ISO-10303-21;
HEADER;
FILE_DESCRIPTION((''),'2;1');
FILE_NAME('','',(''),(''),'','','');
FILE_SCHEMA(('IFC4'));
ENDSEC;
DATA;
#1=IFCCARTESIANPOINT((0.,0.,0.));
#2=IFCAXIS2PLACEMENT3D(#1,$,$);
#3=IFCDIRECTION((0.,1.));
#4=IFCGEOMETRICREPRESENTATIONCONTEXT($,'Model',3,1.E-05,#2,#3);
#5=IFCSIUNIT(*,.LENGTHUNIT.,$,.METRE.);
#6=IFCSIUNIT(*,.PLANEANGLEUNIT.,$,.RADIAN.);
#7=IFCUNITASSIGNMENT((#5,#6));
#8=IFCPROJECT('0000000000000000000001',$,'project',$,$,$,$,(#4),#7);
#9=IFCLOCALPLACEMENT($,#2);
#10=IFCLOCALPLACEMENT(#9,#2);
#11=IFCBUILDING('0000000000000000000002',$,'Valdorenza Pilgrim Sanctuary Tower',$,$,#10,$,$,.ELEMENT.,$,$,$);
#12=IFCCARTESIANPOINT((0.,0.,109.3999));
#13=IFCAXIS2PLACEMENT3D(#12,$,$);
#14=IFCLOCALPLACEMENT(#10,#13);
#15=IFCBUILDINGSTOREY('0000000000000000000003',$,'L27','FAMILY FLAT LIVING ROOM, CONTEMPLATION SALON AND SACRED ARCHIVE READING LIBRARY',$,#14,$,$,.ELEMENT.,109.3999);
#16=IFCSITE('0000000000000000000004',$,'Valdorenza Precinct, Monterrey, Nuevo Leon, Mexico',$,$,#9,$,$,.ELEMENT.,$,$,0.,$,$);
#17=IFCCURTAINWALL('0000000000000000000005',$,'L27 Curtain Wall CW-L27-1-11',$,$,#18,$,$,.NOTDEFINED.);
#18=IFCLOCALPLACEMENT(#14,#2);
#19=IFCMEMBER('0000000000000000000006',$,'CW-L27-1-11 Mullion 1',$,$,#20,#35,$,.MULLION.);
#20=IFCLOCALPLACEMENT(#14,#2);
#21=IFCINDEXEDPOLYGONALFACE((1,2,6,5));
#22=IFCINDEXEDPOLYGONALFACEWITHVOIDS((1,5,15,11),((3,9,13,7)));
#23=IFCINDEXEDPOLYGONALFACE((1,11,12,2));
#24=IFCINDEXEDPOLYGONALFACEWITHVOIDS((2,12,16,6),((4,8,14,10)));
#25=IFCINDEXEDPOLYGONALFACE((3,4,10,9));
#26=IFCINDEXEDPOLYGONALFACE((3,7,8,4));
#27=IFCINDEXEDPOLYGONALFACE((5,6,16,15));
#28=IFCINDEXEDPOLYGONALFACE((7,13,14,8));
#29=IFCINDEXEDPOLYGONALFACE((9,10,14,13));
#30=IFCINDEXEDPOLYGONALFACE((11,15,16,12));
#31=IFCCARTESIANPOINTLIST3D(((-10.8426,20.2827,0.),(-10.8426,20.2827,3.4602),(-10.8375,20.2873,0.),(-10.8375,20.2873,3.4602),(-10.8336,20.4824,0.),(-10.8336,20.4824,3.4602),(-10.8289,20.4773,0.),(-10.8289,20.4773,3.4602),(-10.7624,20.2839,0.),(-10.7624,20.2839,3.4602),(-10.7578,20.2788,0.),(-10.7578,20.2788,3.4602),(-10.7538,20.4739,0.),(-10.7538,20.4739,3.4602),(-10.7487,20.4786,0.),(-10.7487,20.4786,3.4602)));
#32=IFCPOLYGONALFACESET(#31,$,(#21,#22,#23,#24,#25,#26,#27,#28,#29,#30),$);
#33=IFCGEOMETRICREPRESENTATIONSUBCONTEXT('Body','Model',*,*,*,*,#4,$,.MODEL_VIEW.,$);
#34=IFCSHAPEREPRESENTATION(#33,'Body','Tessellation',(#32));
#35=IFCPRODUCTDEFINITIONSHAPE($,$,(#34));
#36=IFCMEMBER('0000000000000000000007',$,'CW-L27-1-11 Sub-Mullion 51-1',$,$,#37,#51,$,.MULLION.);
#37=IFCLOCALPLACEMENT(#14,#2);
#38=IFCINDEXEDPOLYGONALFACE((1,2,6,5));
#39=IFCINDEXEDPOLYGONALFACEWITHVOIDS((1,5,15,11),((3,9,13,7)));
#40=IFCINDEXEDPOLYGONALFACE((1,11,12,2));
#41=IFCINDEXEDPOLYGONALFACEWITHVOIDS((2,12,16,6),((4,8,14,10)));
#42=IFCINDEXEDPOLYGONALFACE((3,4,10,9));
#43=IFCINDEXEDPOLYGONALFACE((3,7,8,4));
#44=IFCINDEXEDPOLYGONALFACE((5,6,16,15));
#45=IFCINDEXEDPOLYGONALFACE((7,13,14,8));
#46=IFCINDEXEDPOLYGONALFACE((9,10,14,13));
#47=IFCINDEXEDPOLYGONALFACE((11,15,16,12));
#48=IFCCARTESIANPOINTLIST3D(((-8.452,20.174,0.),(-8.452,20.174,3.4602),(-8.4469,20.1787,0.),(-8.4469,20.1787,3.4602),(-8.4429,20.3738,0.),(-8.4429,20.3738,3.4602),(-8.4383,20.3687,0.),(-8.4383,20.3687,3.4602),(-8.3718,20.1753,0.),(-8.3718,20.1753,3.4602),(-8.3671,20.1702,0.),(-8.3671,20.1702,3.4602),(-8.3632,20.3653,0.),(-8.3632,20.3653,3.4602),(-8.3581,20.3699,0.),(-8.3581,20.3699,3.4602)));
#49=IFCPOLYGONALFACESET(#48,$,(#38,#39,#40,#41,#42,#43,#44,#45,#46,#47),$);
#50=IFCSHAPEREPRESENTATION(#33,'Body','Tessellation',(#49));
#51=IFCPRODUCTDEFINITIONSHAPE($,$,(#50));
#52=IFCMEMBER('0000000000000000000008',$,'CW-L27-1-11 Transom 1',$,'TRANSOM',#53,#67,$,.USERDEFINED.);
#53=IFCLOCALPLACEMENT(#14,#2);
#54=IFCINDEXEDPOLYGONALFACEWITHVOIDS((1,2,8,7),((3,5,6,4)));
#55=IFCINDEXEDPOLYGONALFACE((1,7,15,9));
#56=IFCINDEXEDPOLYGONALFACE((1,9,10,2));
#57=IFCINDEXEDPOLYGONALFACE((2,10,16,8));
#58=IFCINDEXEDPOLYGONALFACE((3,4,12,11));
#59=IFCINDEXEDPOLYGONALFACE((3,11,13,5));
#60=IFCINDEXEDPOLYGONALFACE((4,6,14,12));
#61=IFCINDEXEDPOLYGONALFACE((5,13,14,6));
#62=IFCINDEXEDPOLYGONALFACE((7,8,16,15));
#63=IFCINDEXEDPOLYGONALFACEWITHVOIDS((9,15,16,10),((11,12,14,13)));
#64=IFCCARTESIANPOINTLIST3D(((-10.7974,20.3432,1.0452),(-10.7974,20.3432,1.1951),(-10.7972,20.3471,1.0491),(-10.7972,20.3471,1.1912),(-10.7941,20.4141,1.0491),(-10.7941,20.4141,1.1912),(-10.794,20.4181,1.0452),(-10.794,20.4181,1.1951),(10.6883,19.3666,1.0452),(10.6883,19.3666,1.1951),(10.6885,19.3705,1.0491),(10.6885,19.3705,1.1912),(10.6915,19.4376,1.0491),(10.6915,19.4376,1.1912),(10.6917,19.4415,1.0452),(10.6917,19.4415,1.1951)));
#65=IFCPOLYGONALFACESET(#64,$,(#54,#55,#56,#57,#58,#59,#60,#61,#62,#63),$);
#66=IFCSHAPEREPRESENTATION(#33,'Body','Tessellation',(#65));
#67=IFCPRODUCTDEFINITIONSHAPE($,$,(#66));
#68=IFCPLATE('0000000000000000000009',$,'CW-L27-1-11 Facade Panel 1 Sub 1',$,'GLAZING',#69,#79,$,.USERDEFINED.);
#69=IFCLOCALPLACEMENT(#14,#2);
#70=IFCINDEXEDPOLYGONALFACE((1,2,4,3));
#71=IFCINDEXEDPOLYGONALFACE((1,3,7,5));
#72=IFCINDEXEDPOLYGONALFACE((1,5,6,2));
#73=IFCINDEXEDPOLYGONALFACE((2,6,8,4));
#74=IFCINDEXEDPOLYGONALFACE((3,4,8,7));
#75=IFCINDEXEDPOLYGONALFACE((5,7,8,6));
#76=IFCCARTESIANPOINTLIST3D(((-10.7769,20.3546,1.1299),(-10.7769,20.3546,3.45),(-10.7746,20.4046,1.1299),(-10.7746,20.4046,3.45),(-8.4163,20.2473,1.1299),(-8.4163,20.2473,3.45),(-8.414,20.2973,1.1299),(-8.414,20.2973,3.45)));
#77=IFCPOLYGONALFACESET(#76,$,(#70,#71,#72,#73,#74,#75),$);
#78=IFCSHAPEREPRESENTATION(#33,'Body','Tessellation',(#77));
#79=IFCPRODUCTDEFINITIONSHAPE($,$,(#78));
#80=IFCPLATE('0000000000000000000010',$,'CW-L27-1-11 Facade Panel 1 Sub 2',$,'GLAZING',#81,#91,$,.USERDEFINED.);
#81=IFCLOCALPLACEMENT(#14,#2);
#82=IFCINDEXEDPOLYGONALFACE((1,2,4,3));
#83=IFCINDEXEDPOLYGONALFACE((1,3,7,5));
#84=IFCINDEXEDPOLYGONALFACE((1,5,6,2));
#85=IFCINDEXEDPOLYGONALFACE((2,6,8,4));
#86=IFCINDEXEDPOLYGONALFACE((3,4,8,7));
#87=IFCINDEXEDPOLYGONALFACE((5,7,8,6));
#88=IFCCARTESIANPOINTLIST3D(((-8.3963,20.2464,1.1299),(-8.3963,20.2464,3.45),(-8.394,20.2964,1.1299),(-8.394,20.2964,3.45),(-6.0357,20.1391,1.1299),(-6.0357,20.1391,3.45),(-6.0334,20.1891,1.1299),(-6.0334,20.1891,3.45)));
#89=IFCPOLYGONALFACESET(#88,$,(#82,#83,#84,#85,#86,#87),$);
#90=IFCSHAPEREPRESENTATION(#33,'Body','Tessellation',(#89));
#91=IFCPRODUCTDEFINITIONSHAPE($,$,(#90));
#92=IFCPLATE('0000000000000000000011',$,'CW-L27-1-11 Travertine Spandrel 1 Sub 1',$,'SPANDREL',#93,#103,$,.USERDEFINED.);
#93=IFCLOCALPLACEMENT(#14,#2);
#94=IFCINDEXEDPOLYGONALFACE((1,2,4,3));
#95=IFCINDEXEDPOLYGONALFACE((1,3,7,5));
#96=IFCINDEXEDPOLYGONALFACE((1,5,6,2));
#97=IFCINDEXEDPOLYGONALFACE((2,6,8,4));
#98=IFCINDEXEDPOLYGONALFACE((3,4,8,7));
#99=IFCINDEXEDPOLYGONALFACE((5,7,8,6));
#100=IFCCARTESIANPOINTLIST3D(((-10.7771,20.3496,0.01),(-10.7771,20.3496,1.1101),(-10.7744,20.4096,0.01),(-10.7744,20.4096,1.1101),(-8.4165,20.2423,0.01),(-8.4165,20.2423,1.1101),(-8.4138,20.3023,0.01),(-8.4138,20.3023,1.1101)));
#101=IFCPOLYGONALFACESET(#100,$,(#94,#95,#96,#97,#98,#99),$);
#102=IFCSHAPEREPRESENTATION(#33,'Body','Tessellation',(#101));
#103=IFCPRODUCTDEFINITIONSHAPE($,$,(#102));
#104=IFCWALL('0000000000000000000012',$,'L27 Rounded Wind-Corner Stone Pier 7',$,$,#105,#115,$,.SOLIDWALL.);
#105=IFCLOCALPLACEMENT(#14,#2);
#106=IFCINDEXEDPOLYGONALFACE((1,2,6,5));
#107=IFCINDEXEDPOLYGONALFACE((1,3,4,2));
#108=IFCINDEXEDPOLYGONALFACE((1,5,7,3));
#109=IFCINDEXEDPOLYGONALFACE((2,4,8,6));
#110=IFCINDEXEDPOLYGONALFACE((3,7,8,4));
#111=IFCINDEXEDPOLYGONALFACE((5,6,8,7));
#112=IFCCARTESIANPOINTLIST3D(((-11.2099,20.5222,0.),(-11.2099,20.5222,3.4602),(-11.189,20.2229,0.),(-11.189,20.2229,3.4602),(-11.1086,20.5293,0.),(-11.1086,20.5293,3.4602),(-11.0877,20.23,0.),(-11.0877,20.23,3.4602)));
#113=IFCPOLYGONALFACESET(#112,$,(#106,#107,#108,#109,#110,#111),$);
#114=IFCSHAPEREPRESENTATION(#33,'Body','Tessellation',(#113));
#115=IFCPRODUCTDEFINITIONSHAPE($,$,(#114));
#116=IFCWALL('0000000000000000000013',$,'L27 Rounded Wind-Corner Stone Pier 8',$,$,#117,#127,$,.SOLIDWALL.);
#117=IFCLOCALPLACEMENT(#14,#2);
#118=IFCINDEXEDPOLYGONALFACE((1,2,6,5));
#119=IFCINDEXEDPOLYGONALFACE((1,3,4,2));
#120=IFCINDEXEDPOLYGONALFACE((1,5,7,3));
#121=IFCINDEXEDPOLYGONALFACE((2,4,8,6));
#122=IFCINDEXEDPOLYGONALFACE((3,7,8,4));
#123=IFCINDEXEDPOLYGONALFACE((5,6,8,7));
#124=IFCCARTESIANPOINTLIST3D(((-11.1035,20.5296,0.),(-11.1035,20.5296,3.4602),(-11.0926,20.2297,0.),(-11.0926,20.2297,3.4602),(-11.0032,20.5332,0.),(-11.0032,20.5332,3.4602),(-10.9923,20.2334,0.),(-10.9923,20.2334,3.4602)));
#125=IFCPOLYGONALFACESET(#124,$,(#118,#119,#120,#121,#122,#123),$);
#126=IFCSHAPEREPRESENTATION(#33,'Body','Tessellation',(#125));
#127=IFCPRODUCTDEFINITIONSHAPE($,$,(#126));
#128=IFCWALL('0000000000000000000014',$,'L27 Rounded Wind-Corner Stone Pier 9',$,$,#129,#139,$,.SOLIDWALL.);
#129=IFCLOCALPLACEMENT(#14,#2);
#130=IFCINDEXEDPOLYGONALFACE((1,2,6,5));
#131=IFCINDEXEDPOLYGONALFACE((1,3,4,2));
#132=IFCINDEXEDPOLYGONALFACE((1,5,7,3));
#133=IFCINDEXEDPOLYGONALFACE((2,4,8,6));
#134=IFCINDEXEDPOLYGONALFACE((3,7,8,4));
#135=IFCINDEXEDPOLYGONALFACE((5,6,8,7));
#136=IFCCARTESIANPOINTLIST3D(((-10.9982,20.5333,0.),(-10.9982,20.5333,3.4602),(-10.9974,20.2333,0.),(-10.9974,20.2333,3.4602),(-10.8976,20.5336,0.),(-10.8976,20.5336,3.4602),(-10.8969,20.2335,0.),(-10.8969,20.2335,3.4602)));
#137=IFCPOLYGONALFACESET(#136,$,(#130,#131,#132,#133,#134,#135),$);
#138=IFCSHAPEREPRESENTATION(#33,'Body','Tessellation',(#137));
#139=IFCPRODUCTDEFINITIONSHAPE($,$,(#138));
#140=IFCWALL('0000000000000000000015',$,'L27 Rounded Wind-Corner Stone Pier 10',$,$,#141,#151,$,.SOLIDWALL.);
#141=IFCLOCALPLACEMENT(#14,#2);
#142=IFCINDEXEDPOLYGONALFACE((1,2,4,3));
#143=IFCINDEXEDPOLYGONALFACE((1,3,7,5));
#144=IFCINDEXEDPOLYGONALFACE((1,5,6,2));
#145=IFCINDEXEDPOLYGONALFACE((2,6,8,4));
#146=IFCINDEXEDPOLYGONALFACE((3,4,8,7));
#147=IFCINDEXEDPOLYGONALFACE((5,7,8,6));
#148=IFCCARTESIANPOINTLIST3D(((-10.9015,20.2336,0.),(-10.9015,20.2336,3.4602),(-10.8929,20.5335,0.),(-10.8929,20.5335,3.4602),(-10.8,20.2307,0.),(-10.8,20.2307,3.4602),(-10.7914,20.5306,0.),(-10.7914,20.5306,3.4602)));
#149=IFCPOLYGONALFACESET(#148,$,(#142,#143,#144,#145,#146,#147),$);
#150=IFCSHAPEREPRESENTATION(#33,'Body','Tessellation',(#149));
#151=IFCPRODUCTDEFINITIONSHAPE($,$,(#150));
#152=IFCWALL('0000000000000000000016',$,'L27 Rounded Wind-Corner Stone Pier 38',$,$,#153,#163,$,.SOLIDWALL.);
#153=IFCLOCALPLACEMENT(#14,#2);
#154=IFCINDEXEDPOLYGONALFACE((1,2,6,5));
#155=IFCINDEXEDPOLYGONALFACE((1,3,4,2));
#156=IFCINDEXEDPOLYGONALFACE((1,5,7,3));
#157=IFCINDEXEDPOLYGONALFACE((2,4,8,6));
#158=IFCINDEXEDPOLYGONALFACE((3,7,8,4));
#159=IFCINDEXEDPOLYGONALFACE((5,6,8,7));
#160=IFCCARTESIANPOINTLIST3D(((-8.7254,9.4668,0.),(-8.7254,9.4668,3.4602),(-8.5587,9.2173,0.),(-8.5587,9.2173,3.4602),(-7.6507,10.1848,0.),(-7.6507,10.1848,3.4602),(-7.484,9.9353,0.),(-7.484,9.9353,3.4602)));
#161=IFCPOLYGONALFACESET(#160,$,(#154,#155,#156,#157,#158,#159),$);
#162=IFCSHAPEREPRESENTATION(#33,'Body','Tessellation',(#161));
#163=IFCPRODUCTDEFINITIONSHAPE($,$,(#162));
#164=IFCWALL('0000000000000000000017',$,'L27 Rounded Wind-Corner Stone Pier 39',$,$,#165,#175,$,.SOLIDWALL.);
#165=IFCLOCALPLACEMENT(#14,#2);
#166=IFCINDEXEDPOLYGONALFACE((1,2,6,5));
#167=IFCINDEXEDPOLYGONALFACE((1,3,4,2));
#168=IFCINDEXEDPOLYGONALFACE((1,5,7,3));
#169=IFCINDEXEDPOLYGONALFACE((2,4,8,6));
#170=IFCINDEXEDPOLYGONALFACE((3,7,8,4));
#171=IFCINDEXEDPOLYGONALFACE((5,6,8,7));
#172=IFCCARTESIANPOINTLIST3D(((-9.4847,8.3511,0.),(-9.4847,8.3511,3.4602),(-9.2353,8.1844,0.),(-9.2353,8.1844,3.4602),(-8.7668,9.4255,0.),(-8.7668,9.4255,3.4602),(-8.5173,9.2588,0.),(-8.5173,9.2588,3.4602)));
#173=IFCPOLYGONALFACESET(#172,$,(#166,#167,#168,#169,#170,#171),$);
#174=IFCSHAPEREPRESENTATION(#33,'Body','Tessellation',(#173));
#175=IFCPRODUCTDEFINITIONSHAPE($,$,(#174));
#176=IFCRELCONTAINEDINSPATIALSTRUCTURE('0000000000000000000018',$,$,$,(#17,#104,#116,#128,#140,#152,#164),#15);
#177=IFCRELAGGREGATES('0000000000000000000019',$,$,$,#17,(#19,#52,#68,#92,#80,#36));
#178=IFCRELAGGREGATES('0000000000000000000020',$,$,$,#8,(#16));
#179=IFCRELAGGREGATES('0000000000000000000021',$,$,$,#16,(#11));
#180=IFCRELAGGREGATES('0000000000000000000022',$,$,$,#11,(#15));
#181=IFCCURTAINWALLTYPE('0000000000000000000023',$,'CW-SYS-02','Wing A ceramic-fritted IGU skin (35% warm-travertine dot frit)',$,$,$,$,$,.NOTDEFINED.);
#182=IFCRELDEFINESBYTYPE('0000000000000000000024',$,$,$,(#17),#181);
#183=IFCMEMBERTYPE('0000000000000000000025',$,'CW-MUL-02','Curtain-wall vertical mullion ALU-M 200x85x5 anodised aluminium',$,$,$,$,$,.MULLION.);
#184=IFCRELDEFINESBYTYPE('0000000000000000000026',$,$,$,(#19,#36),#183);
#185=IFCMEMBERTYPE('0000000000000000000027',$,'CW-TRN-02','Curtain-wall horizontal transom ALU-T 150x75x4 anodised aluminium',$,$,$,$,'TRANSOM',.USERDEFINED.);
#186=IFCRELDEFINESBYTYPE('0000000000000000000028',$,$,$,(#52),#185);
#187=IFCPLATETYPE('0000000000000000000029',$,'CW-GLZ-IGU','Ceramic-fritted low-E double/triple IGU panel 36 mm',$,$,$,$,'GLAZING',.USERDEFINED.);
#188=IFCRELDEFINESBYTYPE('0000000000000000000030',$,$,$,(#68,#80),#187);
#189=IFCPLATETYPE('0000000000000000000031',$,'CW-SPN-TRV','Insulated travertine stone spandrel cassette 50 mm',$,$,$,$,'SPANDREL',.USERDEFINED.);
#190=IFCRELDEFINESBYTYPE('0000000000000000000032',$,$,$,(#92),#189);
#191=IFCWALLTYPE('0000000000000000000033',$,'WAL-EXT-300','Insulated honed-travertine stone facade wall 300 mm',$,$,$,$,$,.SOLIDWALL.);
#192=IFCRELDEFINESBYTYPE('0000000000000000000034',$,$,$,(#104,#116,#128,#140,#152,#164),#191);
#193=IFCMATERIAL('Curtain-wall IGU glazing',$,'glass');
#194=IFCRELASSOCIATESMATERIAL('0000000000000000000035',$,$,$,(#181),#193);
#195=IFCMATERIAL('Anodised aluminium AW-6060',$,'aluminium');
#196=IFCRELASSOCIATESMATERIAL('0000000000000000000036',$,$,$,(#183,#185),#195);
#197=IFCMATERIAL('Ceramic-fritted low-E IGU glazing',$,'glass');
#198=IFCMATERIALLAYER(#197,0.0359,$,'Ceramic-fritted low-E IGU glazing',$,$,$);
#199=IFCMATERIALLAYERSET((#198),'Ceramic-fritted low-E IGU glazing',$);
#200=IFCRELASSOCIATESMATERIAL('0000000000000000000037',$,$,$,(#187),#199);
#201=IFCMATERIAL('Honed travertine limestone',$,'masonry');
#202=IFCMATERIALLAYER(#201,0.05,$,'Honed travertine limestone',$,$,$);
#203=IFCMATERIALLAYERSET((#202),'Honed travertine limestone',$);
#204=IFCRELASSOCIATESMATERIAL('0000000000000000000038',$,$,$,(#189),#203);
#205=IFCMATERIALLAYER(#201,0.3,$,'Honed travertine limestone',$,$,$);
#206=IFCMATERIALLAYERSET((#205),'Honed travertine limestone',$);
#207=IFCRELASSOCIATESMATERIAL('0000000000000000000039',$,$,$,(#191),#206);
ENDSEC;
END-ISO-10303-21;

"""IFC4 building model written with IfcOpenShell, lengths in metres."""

from ifc_helpers import new_model, si_unit, direction, frame, frame_2d, origin, origin_2d, place, context, subcontext, project, spatial, rectangle, hollow_rectangle, extrude, source, transform, mapped, material, layer, layer_set, material_profile, profile_set, type_object, element, aggregate, save


model = new_model("IFC4")

# Units and contexts
model_context = context("Model", 3, precision=1e-05, world=origin(), true_north=direction((0.0, 1.0)))
body_context = subcontext(model_context, "Body", "Model", "MODEL_VIEW")
ifc_project = project(units=[si_unit("LENGTHUNIT", "METRE"), si_unit("PLANEANGLEUNIT", "RADIAN")], contexts=[model_context])

# Site, building, storey
site_placement = place(None, origin())
site = spatial("IfcSite", under=ifc_project, at=site_placement, Name="Valdorenza Precinct, Monterrey, Nuevo Leon, Mexico", CompositionType="ELEMENT", RefElevation=0.0)
building_placement = place(site_placement, origin())
building = spatial("IfcBuilding", under=site, at=building_placement, Name="Valdorenza Pilgrim Sanctuary Tower", CompositionType="ELEMENT")
storey_placement = place(building_placement, frame((0.0, 0.0, 109.3999)))
storey = spatial("IfcBuildingStorey", under=building, at=storey_placement, Name="L27", Description="FAMILY FLAT LIVING ROOM, CONTEMPLATION SALON AND SACRED ARCHIVE READING LIBRARY", CompositionType="ELEMENT", Elevation=109.3999)

# Curtain wall, members, plates
ifc_material_1 = material(Name="Curtain-wall IGU glazing", Category="glass")
curtain_wall_type = type_object("IfcCurtainWallType", Name="CW-SYS-02", Description="Wing A ceramic-fritted IGU skin (35% warm-travertine dot frit)", PredefinedType="NOTDEFINED", material=ifc_material_1)
curtain_wall_placement = place(storey_placement, origin())
curtain_wall = element("IfcCurtainWall", 1, at=curtain_wall_placement, inside=storey, type_object=curtain_wall_type, Name="L27 Curtain Wall CW-L27-1-11", PredefinedType="NOTDEFINED")
ifc_material_2 = material(Name="Anodised aluminium AW-6060", Category="aluminium")
ifc_material_profile_1 = material_profile(ifc_material_2, hollow_rectangle(XDim=0.085, YDim=0.2, WallThickness=0.0049, at=origin_2d()), Name="ALU-M 200x85x5")
ifc_profile_set_1 = profile_set([ifc_material_profile_1], Name="Anodised aluminium AW-6060")
member_type_1 = type_object("IfcMemberType", Name="CW-MUL-02", Description="Curtain-wall vertical mullion ALU-M 200x85x5 anodised aluminium", PredefinedType="MULLION", material=ifc_profile_set_1)
shared_shape_1 = source(origin(), body_context, "Body", "SweptSolid", [
    extrude(hollow_rectangle(XDim=0.085, YDim=0.2, WallThickness=0.0049, at=origin_2d()), origin(), (0.0, 0.0, 1.0), 3.4602),
])
member_1_placement = place(storey_placement, frame((-10.7957, 20.3806, 0.0), z_axis=(0.0, 0.0, 1.0), x_axis=(0.998968, -0.045415, 0.0)))
member_1 = element("IfcMember", 2, at=member_1_placement, type_object=member_type_1, Name="CW-L27-1-11 Mullion 1", PredefinedType="MULLION", context=body_context, shape_type="MappedRepresentation", body=[
    mapped(shared_shape_1, transform((0.0, 0.0, 0.0), x_axis=(1.0, 0.0, 0.0), y_axis=(0.0, 1.0, 0.0), z_axis=(0.0, 0.0, 1.0), scale=1.0)),
])
member_2_placement = place(storey_placement, frame((-8.405, 20.272, 0.0), z_axis=(0.0, 0.0, 1.0), x_axis=(0.998968, -0.045415, 0.0)))
member_2 = element("IfcMember", 3, at=member_2_placement, type_object=member_type_1, Name="CW-L27-1-11 Sub-Mullion 51-1", PredefinedType="MULLION", context=body_context, shape_type="MappedRepresentation", body=[
    mapped(shared_shape_1, transform((0.0, 0.0, 0.0), x_axis=(1.0, 0.0, 0.0), y_axis=(0.0, 1.0, 0.0), z_axis=(0.0, 0.0, 1.0), scale=1.0)),
])
ifc_material_profile_2 = material_profile(ifc_material_2, hollow_rectangle(XDim=0.075, YDim=0.1499, WallThickness=0.0039, at=origin_2d()), Name="ALU-T 150x75x4")
ifc_profile_set_2 = profile_set([ifc_material_profile_2], Name="Anodised aluminium AW-6060")
member_type_2 = type_object("IfcMemberType", Name="CW-TRN-02", Description="Curtain-wall horizontal transom ALU-T 150x75x4 anodised aluminium", ElementType="TRANSOM", PredefinedType="USERDEFINED", material=ifc_profile_set_2)
shared_shape_2 = source(origin(), body_context, "Body", "SweptSolid", [
    extrude(hollow_rectangle(XDim=0.075, YDim=0.1499, WallThickness=0.0039, at=origin_2d()), origin(), (0.0, 0.0, 1.0), 21.5078),
])
member_3_placement = place(storey_placement, frame((-10.7957, 20.3806, 1.1201), z_axis=(0.998969, -0.045405, 0.0), x_axis=(0.045405, 0.998969, 0.0)))
member_3 = element("IfcMember", 4, at=member_3_placement, type_object=member_type_2, Name="CW-L27-1-11 Transom 1", ObjectType="TRANSOM", PredefinedType="USERDEFINED", context=body_context, shape_type="MappedRepresentation", body=[
    mapped(shared_shape_2, transform((0.0, 0.0, 0.0), x_axis=(1.0, 0.0, 0.0), y_axis=(0.0, 1.0, 0.0), z_axis=(0.0, 0.0, 1.0), scale=1.0)),
])
ifc_material_3 = material(Name="Ceramic-fritted low-E IGU glazing", Category="glass")
ifc_layer_1 = layer(ifc_material_3, 0.0359, Name="Ceramic-fritted low-E IGU glazing")
ifc_layer_set_1 = layer_set([ifc_layer_1], Name="Ceramic-fritted low-E IGU glazing")
plate_type_1 = type_object("IfcPlateType", Name="CW-GLZ-IGU", Description="Ceramic-fritted low-E double/triple IGU panel 36 mm", ElementType="GLAZING", PredefinedType="USERDEFINED", material=ifc_layer_set_1)
shared_shape_3 = source(origin(), body_context, "Body", "SweptSolid", [
    extrude(rectangle(XDim=2.363, YDim=0.05, at=origin_2d()), origin(), (0.0, 0.0, 1.0), 2.3201),
])
plate_1_placement = place(storey_placement, frame((-9.5955, 20.3259, 1.1299), z_axis=(0.0, 0.0, 1.0), x_axis=(0.998968, -0.045415, 0.0)))
plate_1 = element("IfcPlate", 5, at=plate_1_placement, type_object=plate_type_1, Name="CW-L27-1-11 Facade Panel 1 Sub 1", ObjectType="GLAZING", PredefinedType="USERDEFINED", context=body_context, shape_type="MappedRepresentation", body=[
    mapped(shared_shape_3, transform((0.0, 0.0, 0.0), x_axis=(1.0, 0.0, 0.0), y_axis=(0.0, 1.0, 0.0), z_axis=(0.0, 0.0, 1.0), scale=1.0)),
])
plate_2_placement = place(storey_placement, frame((-7.2148, 20.2178, 1.1299), z_axis=(0.0, 0.0, 1.0), x_axis=(0.998968, -0.045415, 0.0)))
plate_2 = element("IfcPlate", 6, at=plate_2_placement, type_object=plate_type_1, Name="CW-L27-1-11 Facade Panel 1 Sub 2", ObjectType="GLAZING", PredefinedType="USERDEFINED", context=body_context, shape_type="MappedRepresentation", body=[
    mapped(shared_shape_3, transform((0.0, 0.0, 0.0), x_axis=(1.0, 0.0, 0.0), y_axis=(0.0, 1.0, 0.0), z_axis=(0.0, 0.0, 1.0), scale=1.0)),
])
ifc_material_4 = material(Name="Honed travertine limestone", Category="masonry")
ifc_layer_2 = layer(ifc_material_4, 0.05, Name="Honed travertine limestone")
ifc_layer_set_2 = layer_set([ifc_layer_2], Name="Honed travertine limestone")
plate_type_2 = type_object("IfcPlateType", Name="CW-SPN-TRV", Description="Insulated travertine stone spandrel cassette 50 mm", ElementType="SPANDREL", PredefinedType="USERDEFINED", material=ifc_layer_set_2)
shared_shape_4 = source(origin(), body_context, "Body", "SweptSolid", [
    extrude(rectangle(XDim=2.363, YDim=0.0601, at=origin_2d()), origin(), (0.0, 0.0, 1.0), 1.1001),
])
plate_3_placement = place(storey_placement, frame((-9.5955, 20.3259, 0.01), z_axis=(0.0, 0.0, 1.0), x_axis=(0.998968, -0.045415, 0.0)))
plate_3 = element("IfcPlate", 7, at=plate_3_placement, type_object=plate_type_2, Name="CW-L27-1-11 Travertine Spandrel 1 Sub 1", ObjectType="SPANDREL", PredefinedType="USERDEFINED", context=body_context, shape_type="MappedRepresentation", body=[
    mapped(shared_shape_4, transform((0.0, 0.0, 0.0), x_axis=(1.0, 0.0, 0.0), y_axis=(0.0, 1.0, 0.0), z_axis=(0.0, 0.0, 1.0), scale=1.0)),
])
aggregate(curtain_wall, [member_1, member_3, plate_1, plate_3, plate_2, member_2])

# Walls
ifc_layer_3 = layer(ifc_material_4, 0.3, Name="Honed travertine limestone")
ifc_layer_set_3 = layer_set([ifc_layer_3], Name="Honed travertine limestone")
wall_type_1 = type_object("IfcWallType", Name="WAL-EXT-300", Description="Insulated honed-travertine stone facade wall 300 mm", PredefinedType="SOLIDWALL", material=ifc_layer_set_3)
wall_1_placement = place(storey_placement, frame((-11.1995, 20.3726, 0.0), z_axis=(0.0, 0.0, 1.0), x_axis=(0.997567, 0.06971, 0.0)))
element("IfcWall", 8, at=wall_1_placement, inside=storey, type_object=wall_type_1, Name="L27 Rounded Wind-Corner Stone Pier 7", PredefinedType="SOLIDWALL", context=body_context, shape_type="SweptSolid", body=[
    extrude(rectangle(XDim=0.1016, YDim=0.3, at=frame_2d((0.0508, 0.0))), origin(), (0.0, 0.0, 1.0), 3.4602),
])
wall_2_placement = place(storey_placement, frame((-11.0981, 20.3796, 0.0), z_axis=(0.0, 0.0, 1.0), x_axis=(0.999335, 0.036472, 0.0)))
element("IfcWall", 9, at=wall_2_placement, inside=storey, type_object=wall_type_1, Name="L27 Rounded Wind-Corner Stone Pier 8", PredefinedType="SOLIDWALL", context=body_context, shape_type="SweptSolid", body=[
    extrude(rectangle(XDim=0.1003, YDim=0.3, at=frame_2d((0.0503, 0.0))), origin(), (0.0, 0.0, 1.0), 3.4602),
])
wall_3_placement = place(storey_placement, frame((-10.9978, 20.3833, 0.0), z_axis=(0.0, 0.0, 1.0), x_axis=(0.999997, 0.002427, 0.0)))
element("IfcWall", 10, at=wall_3_placement, inside=storey, type_object=wall_type_1, Name="L27 Rounded Wind-Corner Stone Pier 9", PredefinedType="SOLIDWALL", context=body_context, shape_type="SweptSolid", body=[
    extrude(rectangle(XDim=0.1006, YDim=0.3, at=frame_2d((0.0503, 0.0))), origin(), (0.0, 0.0, 1.0), 3.4602),
])
wall_4_placement = place(storey_placement, frame((-10.8972, 20.3835, 0.0), z_axis=(0.0, 0.0, 1.0), x_axis=(0.999584, -0.028834, 0.0)))
element("IfcWall", 11, at=wall_4_placement, inside=storey, type_object=wall_type_1, Name="L27 Rounded Wind-Corner Stone Pier 10", PredefinedType="SOLIDWALL", context=body_context, shape_type="SweptSolid", body=[
    extrude(rectangle(XDim=0.1016, YDim=0.3, at=frame_2d((0.0508, 0.0))), origin(), (0.0, 0.0, 1.0), 3.4602),
])
wall_5_placement = place(storey_placement, frame((-7.5674, 10.0601, 0.0), z_axis=(0.0, 0.0, 1.0), x_axis=(-0.831498, -0.555528, 0.0)))
element("IfcWall", 12, at=wall_5_placement, inside=storey, type_object=wall_type_1, Name="L27 Rounded Wind-Corner Stone Pier 38", PredefinedType="SOLIDWALL", context=body_context, shape_type="SweptSolid", body=[
    extrude(rectangle(XDim=1.2925, YDim=0.3, at=frame_2d((0.6462, 0.0))), origin(), (0.0, 0.0, 1.0), 3.4602),
])
wall_6_placement = place(storey_placement, frame((-8.6421, 9.342, 0.0), z_axis=(0.0, 0.0, 1.0), x_axis=(-0.555615, -0.831439, 0.0)))
element("IfcWall", 13, at=wall_6_placement, inside=storey, type_object=wall_type_1, Name="L27 Rounded Wind-Corner Stone Pier 39", PredefinedType="SOLIDWALL", context=body_context, shape_type="SweptSolid", body=[
    extrude(rectangle(XDim=1.2922, YDim=0.3, at=frame_2d((0.646, 0.0))), origin(), (0.0, 0.0, 1.0), 3.4602),
])

save(model, "model.ifc")
